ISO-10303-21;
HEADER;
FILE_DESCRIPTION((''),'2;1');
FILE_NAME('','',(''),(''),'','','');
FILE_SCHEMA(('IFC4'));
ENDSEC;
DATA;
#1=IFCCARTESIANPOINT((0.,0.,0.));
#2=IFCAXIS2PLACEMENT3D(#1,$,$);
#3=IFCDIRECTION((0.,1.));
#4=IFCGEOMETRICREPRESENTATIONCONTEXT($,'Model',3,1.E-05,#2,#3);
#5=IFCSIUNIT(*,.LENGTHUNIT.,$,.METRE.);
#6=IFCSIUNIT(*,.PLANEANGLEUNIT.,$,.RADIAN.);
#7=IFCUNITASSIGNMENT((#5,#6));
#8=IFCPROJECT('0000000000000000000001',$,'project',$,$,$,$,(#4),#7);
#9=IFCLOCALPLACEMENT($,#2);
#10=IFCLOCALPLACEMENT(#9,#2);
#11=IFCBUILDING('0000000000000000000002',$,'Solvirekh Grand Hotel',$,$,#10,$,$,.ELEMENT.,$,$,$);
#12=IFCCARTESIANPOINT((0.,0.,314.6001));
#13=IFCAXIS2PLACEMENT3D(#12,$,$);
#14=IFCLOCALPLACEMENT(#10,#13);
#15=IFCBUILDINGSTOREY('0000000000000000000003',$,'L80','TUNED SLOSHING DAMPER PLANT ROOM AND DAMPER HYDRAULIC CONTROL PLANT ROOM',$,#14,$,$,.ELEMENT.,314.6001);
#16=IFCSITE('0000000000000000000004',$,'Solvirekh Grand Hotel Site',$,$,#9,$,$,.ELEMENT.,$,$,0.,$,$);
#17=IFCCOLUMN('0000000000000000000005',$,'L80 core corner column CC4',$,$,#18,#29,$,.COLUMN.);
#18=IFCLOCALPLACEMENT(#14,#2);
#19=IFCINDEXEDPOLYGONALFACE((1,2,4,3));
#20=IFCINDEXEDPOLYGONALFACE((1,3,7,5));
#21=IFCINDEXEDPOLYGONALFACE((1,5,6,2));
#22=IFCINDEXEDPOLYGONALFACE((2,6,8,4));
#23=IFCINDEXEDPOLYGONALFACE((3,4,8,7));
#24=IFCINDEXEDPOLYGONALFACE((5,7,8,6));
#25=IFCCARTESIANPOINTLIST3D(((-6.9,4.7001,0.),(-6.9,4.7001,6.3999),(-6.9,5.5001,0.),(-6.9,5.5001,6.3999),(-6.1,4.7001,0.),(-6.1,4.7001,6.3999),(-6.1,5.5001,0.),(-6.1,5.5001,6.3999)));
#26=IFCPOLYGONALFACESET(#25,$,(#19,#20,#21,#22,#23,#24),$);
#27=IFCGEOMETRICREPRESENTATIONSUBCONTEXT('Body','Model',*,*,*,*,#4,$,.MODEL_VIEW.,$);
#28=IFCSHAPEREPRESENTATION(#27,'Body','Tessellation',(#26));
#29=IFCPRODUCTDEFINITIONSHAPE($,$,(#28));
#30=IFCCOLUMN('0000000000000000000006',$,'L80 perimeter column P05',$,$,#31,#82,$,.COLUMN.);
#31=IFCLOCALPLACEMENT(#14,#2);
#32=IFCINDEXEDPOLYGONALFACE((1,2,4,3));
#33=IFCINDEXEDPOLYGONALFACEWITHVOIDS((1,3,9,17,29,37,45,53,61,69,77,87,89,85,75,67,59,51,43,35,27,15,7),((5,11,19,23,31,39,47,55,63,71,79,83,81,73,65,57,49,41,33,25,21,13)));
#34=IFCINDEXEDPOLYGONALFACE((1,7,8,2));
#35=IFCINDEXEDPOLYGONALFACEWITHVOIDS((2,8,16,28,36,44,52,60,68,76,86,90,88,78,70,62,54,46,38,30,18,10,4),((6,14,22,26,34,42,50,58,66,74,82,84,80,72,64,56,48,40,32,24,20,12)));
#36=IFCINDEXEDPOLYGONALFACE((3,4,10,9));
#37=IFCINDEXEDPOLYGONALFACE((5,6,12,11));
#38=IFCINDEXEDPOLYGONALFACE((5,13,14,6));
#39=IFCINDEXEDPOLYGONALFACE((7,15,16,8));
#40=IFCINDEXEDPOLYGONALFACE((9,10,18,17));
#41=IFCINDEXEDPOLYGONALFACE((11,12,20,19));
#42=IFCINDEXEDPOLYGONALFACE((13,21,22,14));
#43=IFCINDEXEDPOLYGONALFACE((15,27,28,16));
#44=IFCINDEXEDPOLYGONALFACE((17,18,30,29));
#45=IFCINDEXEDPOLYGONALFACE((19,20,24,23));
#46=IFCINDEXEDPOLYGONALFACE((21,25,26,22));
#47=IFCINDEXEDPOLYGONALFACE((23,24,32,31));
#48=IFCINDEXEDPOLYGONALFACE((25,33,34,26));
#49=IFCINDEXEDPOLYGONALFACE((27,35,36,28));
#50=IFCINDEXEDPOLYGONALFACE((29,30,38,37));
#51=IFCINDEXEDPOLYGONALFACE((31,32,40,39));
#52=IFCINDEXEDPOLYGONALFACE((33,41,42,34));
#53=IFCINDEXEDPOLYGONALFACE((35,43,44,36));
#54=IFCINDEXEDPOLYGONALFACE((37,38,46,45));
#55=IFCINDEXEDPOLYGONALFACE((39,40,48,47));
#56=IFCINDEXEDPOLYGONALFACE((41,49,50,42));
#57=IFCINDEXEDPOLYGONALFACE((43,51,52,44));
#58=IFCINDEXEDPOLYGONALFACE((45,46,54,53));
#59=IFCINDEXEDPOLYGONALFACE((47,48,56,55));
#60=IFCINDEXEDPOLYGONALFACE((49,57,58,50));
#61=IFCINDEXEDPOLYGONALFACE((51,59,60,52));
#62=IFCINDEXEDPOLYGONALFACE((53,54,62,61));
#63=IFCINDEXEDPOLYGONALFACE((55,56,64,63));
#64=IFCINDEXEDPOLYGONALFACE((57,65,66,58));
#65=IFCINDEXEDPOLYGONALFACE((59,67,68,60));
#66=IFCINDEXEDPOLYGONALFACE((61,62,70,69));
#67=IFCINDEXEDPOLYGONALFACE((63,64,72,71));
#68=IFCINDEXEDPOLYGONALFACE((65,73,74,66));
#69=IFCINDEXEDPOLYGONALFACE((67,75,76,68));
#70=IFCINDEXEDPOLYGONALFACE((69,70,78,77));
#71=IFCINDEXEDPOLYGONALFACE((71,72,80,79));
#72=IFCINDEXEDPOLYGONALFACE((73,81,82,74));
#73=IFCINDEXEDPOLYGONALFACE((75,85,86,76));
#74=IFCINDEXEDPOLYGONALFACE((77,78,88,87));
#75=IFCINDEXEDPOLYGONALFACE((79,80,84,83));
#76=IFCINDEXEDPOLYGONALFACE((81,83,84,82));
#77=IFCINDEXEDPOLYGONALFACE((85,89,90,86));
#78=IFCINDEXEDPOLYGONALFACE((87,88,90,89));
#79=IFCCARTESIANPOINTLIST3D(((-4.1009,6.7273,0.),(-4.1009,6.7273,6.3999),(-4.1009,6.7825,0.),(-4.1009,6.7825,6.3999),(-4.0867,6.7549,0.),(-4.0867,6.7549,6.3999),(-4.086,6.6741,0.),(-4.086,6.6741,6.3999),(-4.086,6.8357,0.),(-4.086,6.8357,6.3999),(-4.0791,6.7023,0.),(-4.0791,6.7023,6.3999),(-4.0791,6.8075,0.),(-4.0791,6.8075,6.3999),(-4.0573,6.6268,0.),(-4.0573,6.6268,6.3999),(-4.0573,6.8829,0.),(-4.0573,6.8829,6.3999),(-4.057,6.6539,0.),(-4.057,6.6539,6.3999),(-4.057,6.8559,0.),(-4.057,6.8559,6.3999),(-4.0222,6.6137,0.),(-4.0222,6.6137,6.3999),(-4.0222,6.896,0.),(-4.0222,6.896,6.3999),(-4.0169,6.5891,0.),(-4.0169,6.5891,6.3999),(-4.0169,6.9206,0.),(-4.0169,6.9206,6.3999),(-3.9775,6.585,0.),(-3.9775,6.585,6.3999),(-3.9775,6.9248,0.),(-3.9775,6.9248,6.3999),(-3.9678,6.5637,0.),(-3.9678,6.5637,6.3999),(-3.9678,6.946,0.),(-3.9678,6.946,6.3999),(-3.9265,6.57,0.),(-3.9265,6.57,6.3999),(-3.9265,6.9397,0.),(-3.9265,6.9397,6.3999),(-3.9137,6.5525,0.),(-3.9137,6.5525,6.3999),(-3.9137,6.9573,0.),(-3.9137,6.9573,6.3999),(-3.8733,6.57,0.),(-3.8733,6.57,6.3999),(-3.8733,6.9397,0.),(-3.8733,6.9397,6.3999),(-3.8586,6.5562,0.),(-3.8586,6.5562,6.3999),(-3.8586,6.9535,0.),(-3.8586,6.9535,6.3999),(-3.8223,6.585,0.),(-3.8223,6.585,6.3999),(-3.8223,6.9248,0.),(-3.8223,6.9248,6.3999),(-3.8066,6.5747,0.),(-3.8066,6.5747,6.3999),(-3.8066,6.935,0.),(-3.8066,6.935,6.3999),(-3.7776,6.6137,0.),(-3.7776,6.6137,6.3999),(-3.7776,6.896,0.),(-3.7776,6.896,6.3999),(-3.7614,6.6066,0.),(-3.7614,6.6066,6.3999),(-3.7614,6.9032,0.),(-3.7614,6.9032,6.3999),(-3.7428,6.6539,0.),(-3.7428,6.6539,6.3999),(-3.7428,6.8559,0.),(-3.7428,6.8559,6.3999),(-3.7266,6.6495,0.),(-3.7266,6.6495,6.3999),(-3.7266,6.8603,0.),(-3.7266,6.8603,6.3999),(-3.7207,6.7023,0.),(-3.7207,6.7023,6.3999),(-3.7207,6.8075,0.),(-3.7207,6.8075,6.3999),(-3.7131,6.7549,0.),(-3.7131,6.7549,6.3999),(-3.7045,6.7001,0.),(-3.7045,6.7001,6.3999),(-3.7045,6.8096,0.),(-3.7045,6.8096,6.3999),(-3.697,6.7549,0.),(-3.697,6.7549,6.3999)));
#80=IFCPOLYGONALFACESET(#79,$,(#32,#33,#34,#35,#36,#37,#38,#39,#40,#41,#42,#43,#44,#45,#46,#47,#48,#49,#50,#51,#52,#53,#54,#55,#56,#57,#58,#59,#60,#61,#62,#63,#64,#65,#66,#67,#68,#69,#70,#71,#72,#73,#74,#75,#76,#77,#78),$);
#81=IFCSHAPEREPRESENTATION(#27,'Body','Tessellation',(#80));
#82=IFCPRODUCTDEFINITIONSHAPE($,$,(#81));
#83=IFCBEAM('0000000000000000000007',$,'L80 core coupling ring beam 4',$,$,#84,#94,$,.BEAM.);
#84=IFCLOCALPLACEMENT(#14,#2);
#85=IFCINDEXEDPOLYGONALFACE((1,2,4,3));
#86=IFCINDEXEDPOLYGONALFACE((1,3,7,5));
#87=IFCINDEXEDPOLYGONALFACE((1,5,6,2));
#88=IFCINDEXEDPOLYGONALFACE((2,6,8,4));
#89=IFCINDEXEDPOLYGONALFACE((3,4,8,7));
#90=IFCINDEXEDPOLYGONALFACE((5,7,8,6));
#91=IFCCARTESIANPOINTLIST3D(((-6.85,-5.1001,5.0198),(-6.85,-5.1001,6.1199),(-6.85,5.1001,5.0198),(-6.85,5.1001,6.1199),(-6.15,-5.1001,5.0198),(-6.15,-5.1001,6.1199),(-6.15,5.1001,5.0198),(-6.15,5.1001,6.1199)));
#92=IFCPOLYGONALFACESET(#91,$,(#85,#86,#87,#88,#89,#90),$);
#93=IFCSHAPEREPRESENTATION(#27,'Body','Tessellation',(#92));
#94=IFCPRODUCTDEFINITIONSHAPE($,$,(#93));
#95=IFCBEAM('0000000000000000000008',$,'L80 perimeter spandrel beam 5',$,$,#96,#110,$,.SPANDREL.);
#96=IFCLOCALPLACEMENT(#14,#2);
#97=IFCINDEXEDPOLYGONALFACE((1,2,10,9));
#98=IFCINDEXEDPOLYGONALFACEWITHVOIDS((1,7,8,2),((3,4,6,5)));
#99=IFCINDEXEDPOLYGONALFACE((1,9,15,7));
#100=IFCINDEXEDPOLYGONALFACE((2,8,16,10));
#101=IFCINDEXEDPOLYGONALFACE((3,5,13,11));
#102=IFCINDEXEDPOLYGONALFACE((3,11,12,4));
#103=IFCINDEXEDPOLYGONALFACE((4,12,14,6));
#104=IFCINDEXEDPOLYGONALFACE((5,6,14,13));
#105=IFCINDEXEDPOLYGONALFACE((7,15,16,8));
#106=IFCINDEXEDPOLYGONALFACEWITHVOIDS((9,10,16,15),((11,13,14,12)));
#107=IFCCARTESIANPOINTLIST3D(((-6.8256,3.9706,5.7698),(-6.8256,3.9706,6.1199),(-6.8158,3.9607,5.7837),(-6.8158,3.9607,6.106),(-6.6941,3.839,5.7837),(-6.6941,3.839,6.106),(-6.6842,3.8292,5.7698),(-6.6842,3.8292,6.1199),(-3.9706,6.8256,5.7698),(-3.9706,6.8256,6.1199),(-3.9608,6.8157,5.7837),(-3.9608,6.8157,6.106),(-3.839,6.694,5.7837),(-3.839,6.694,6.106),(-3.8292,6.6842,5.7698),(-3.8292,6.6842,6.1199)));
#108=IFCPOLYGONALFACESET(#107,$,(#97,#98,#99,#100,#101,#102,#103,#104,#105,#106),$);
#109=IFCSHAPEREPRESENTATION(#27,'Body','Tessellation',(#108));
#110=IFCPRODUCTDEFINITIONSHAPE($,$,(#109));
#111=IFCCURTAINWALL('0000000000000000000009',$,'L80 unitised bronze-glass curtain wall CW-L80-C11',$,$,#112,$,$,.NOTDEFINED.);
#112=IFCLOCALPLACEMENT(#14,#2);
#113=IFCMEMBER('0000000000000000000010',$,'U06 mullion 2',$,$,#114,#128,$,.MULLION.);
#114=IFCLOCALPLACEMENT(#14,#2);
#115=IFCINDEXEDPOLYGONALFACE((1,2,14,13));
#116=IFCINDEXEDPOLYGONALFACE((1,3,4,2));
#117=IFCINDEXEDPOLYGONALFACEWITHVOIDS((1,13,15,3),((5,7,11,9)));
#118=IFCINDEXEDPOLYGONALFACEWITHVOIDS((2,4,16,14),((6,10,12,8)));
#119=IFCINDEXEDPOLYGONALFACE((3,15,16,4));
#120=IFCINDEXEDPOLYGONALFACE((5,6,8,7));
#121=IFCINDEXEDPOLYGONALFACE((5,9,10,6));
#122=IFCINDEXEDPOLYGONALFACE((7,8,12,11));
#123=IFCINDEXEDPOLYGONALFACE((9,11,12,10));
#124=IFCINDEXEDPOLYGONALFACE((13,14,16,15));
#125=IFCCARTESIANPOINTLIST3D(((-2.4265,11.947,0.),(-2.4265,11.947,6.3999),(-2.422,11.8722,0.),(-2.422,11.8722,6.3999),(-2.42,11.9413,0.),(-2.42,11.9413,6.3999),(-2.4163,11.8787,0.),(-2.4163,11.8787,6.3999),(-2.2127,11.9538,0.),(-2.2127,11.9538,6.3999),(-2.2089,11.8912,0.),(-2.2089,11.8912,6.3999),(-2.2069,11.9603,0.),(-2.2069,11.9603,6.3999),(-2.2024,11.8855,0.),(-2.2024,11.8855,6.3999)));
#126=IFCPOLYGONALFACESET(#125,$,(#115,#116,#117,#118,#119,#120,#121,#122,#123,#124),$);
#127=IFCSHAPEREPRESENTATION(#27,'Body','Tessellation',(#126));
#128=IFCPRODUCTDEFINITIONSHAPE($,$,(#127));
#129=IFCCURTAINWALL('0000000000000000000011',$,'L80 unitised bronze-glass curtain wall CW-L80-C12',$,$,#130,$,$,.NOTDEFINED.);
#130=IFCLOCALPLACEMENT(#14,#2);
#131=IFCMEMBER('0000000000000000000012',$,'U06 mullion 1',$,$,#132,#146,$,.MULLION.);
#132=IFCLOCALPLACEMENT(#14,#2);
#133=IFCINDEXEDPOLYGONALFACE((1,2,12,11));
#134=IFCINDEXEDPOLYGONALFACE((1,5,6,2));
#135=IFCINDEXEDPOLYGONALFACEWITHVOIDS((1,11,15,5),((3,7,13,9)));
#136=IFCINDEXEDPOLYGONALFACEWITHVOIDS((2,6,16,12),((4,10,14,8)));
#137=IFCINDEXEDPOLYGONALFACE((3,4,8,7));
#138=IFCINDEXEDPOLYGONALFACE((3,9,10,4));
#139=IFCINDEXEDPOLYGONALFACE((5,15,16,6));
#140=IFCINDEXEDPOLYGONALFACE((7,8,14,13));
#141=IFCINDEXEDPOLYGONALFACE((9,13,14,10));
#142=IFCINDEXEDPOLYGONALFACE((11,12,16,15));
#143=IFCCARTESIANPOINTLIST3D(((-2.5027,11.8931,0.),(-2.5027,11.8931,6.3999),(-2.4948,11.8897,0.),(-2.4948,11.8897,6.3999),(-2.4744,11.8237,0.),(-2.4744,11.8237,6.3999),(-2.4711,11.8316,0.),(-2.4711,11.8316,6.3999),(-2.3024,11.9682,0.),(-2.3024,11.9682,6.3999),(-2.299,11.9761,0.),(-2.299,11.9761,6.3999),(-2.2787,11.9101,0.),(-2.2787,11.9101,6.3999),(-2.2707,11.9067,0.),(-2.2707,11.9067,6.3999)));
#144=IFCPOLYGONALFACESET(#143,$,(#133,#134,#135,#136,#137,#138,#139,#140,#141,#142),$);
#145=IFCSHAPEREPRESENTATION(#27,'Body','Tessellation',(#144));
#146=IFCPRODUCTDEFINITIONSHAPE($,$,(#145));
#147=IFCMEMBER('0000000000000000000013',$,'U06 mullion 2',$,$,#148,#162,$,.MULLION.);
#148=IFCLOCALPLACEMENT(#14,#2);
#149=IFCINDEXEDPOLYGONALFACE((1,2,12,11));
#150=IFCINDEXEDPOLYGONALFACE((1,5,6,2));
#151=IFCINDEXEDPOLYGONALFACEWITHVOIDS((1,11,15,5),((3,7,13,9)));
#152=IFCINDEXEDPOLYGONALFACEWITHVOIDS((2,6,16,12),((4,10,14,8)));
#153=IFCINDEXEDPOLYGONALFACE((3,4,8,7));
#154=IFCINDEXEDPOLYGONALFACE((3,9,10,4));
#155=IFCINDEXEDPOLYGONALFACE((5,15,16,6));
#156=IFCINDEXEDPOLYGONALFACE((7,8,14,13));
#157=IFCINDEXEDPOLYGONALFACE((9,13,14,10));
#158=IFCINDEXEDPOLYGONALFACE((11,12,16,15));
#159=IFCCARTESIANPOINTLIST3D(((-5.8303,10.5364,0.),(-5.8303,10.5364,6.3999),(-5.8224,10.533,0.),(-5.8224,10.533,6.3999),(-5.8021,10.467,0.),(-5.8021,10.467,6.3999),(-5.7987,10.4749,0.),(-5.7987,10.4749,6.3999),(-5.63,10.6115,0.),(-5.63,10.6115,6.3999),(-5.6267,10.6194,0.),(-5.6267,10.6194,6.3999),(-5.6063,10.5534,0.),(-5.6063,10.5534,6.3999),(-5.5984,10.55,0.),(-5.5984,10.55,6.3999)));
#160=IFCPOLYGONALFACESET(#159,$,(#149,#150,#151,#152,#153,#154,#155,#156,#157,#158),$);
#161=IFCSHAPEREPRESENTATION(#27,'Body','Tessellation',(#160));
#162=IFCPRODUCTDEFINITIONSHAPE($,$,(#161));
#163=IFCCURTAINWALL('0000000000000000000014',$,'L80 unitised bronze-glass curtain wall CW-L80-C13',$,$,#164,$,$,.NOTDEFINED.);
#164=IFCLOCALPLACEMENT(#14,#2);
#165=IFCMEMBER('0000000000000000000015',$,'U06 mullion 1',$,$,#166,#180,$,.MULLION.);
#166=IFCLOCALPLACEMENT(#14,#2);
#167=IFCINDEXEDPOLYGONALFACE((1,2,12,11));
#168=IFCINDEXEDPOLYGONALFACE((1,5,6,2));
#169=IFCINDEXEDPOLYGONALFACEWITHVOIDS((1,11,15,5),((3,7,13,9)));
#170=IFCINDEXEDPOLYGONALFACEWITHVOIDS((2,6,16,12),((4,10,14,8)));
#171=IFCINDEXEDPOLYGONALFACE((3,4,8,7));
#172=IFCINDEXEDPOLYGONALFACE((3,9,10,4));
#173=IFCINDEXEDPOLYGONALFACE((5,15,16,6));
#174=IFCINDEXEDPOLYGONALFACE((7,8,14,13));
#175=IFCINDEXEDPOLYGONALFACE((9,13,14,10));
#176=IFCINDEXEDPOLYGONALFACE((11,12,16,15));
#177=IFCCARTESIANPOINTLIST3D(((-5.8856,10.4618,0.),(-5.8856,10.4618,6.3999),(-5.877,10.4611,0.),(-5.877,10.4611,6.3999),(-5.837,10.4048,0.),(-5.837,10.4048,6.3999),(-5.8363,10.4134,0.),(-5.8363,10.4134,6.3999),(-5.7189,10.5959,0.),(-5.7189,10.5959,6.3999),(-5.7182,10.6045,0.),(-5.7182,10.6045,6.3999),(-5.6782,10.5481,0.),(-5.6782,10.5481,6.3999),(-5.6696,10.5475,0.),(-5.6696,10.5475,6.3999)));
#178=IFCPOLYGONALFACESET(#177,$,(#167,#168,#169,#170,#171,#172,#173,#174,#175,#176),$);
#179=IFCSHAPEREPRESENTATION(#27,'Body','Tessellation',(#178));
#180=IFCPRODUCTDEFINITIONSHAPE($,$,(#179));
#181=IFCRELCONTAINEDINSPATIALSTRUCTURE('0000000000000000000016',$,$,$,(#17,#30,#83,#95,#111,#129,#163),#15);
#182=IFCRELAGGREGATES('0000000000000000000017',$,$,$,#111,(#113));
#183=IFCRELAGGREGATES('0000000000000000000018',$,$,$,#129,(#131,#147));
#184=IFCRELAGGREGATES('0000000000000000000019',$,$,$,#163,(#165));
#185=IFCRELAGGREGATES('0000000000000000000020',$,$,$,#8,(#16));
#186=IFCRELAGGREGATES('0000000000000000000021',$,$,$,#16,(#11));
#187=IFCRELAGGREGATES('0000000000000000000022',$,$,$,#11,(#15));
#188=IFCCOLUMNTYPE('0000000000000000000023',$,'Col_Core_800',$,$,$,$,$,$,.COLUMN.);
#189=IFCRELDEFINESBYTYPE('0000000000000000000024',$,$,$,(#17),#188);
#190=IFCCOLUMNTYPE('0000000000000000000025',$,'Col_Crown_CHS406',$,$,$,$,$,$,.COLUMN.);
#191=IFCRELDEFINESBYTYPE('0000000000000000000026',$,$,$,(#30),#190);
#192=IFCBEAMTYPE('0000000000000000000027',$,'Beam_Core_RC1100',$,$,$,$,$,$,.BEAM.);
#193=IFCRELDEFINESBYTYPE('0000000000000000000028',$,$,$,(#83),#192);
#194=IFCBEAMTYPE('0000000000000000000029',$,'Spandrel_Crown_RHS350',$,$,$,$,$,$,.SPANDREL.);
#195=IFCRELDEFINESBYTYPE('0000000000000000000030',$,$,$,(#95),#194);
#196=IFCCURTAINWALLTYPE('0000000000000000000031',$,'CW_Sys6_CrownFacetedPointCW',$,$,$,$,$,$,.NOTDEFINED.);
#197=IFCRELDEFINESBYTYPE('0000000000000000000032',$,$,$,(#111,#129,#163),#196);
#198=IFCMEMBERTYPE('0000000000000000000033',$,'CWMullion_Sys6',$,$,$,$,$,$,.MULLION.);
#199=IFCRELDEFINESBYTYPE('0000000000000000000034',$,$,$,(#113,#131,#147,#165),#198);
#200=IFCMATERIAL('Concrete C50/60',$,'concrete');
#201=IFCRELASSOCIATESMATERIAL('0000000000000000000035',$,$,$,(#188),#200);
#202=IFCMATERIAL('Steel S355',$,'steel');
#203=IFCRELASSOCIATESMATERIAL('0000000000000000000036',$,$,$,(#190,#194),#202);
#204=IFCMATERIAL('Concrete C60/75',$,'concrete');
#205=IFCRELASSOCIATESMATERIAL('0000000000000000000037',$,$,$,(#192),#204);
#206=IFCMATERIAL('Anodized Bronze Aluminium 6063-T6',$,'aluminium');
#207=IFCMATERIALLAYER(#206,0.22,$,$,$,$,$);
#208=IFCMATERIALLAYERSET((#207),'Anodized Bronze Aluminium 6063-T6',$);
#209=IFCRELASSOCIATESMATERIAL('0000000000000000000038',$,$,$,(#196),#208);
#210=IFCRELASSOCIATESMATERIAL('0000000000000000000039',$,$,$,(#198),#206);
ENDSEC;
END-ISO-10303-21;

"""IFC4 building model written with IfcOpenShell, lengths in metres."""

from ifc_helpers import new_model, si_unit, direction, frame, origin, origin_2d, place, context, subcontext, project, spatial, rectangle, hollow_rectangle, hollow_circle, extrude, source, transform, mapped, material, layer, layer_set, material_profile, profile_set, type_object, element, aggregate, save


model = new_model("IFC4")

# Units and contexts
model_context = context("Model", 3, precision=1e-05, world=origin(), true_north=direction((0.0, 1.0)))
body_context = subcontext(model_context, "Body", "Model", "MODEL_VIEW")
ifc_project = project(units=[si_unit("LENGTHUNIT", "METRE"), si_unit("PLANEANGLEUNIT", "RADIAN")], contexts=[model_context])

# Site, building, storey
site_placement = place(None, origin())
site = spatial("IfcSite", under=ifc_project, at=site_placement, Name="Solvirekh Grand Hotel Site", CompositionType="ELEMENT", RefElevation=0.0)
building_placement = place(site_placement, origin())
building = spatial("IfcBuilding", under=site, at=building_placement, Name="Solvirekh Grand Hotel", CompositionType="ELEMENT")
storey_placement = place(building_placement, frame((0.0, 0.0, 314.6001)))
storey = spatial("IfcBuildingStorey", under=building, at=storey_placement, Name="L80", Description="TUNED SLOSHING DAMPER PLANT ROOM AND DAMPER HYDRAULIC CONTROL PLANT ROOM", CompositionType="ELEMENT", Elevation=314.6001)

# Columns
ifc_material_1 = material(Name="Concrete C50/60", Category="concrete")
ifc_material_profile_1 = material_profile(ifc_material_1, rectangle(XDim=0.8, YDim=0.8, at=origin_2d()), Name="RC 800X800")
ifc_profile_set_1 = profile_set([ifc_material_profile_1], Name="Concrete C50/60")
column_type_1 = type_object("IfcColumnType", Name="Col_Core_800", PredefinedType="COLUMN", material=ifc_profile_set_1)
column_1_placement = place(storey_placement, frame((-6.5, 5.1001, 0.0), z_axis=(0.0, 0.0, 1.0), x_axis=(1.0, 0.0, 0.0)))
element("IfcColumn", 1, at=column_1_placement, inside=storey, type_object=column_type_1, Name="L80 core corner column CC4", PredefinedType="COLUMN", context=body_context, shape_type="SweptSolid", body=[
    extrude(rectangle(XDim=0.8, YDim=0.8, at=origin_2d()), origin(), (0.0, 0.0, 1.0), 6.3999),
])
ifc_material_2 = material(Name="Steel S355", Category="steel")
ifc_material_profile_2 = material_profile(ifc_material_2, hollow_circle(Radius=0.2029, WallThickness=0.0161, at=origin_2d()), Name="CHS 406X16")
ifc_profile_set_2 = profile_set([ifc_material_profile_2], Name="Steel S355")
column_type_2 = type_object("IfcColumnType", Name="Col_Crown_CHS406", PredefinedType="COLUMN", material=ifc_profile_set_2)
column_2_placement = place(storey_placement, frame((-3.8999, 6.7549, 0.0), z_axis=(0.0, 0.0, 1.0), x_axis=(1.0, 0.0, 0.0)))
element("IfcColumn", 2, at=column_2_placement, inside=storey, type_object=column_type_2, Name="L80 perimeter column P05", PredefinedType="COLUMN", context=body_context, shape_type="SweptSolid", body=[
    extrude(hollow_circle(Radius=0.2029, WallThickness=0.0161, at=origin_2d()), origin(), (0.0, 0.0, 1.0), 6.3999),
])

# Beams
ifc_material_3 = material(Name="Concrete C60/75", Category="concrete")
ifc_material_profile_3 = material_profile(ifc_material_3, rectangle(XDim=0.7, YDim=1.1001, at=origin_2d()), Name="RC BEAM 700X1100")
ifc_profile_set_3 = profile_set([ifc_material_profile_3], Name="Concrete C60/75")
beam_type_1 = type_object("IfcBeamType", Name="Beam_Core_RC1100", PredefinedType="BEAM", material=ifc_profile_set_3)
beam_1_placement = place(storey_placement, frame((-6.5, 5.1001, 5.5698), z_axis=(0.0, -1.0, 0.0), x_axis=(1.0, 0.0, 0.0)))
element("IfcBeam", 3, at=beam_1_placement, inside=storey, type_object=beam_type_1, Name="L80 core coupling ring beam 4", PredefinedType="BEAM", context=body_context, shape_type="SweptSolid", body=[
    extrude(rectangle(XDim=0.7, YDim=1.1001, at=origin_2d()), origin(), (0.0, 0.0, 1.0), 10.2002),
])
ifc_material_profile_4 = material_profile(ifc_material_2, hollow_rectangle(XDim=0.2, YDim=0.3501, WallThickness=0.0139, at=origin_2d()), Name="RHS 350X200X14")
ifc_profile_set_4 = profile_set([ifc_material_profile_4], Name="Steel S355")
beam_type_2 = type_object("IfcBeamType", Name="Spandrel_Crown_RHS350", PredefinedType="SPANDREL", material=ifc_profile_set_4)
beam_2_placement = place(storey_placement, frame((-3.8999, 6.7549, 5.9448), z_axis=(-0.707107, -0.707107, 0.0), x_axis=(0.707107, -0.707107, 0.0)))
element("IfcBeam", 4, at=beam_2_placement, inside=storey, type_object=beam_type_2, Name="L80 perimeter spandrel beam 5", PredefinedType="SPANDREL", context=body_context, shape_type="SweptSolid", body=[
    extrude(hollow_rectangle(XDim=0.2, YDim=0.3501, WallThickness=0.0139, at=origin_2d()), origin(), (0.0, 0.0, 1.0), 4.0376),
])

# Curtain wall, member
ifc_material_4 = material(Name="Anodized Bronze Aluminium 6063-T6", Category="aluminium")
ifc_layer_1 = layer(ifc_material_4, 0.22)
ifc_layer_set_1 = layer_set([ifc_layer_1], Name="Anodized Bronze Aluminium 6063-T6")
curtain_wall_type = type_object("IfcCurtainWallType", Name="CW_Sys6_CrownFacetedPointCW", PredefinedType="NOTDEFINED", material=ifc_layer_set_1)
curtain_wall_1_placement = place(storey_placement, origin())
curtain_wall_1 = element("IfcCurtainWall", 5, at=curtain_wall_1_placement, inside=storey, type_object=curtain_wall_type, Name="L80 unitised bronze-glass curtain wall CW-L80-C11", PredefinedType="NOTDEFINED")
ifc_material_profile_5 = material_profile(ifc_material_4, hollow_rectangle(XDim=0.075, YDim=0.22, WallThickness=0.0061, at=origin_2d()), Name="ALU RHS 220X75X6")
ifc_profile_set_5 = profile_set([ifc_material_profile_5], Name="Anodized Bronze Aluminium 6063-T6")
member_type_1 = type_object("IfcMemberType", Name="CWMullion_Sys6", PredefinedType="MULLION", material=ifc_profile_set_5)
shared_shape_1 = source(origin(), body_context, "Body", "SweptSolid", [
    extrude(hollow_rectangle(XDim=0.075, YDim=0.22, WallThickness=0.0061, at=origin_2d()), origin(), (0.0, 0.0, 1.0), 6.3999),
])
member_1_placement = place(storey_placement, frame((-2.3145, 11.9163, 0.0), z_axis=(0.0, 0.0, 1.0), x_axis=(0.060271, -0.998182, 0.0)))
member_1 = element("IfcMember", 6, at=member_1_placement, type_object=member_type_1, Name="U06 mullion 2", PredefinedType="MULLION", context=body_context, shape_type="MappedRepresentation", body=[
    mapped(shared_shape_1, transform((0.0, 0.0, 0.0), x_axis=(1.0, 0.0, 0.0), y_axis=(0.0, 1.0, 0.0), z_axis=(0.0, 0.0, 1.0), scale=1.0)),
])

# Curtain walls, members
curtain_wall_2_placement = place(storey_placement, origin())
curtain_wall_2 = element("IfcCurtainWall", 7, at=curtain_wall_2_placement, inside=storey, type_object=curtain_wall_type, Name="L80 unitised bronze-glass curtain wall CW-L80-C12", PredefinedType="NOTDEFINED")
member_2_placement = place(storey_placement, frame((-2.3867, 11.8999, 0.0), z_axis=(0.0, 0.0, 1.0), x_axis=(0.377539, -0.925994, 0.0)))
member_2 = element("IfcMember", 8, at=member_2_placement, type_object=member_type_1, Name="U06 mullion 1", PredefinedType="MULLION", context=body_context, shape_type="MappedRepresentation", body=[
    mapped(shared_shape_1, transform((0.0, 0.0, 0.0), x_axis=(1.0, 0.0, 0.0), y_axis=(0.0, 1.0, 0.0), z_axis=(0.0, 0.0, 1.0), scale=1.0)),
])
member_3_placement = place(storey_placement, frame((-5.7144, 10.5432, 0.0), z_axis=(0.0, 0.0, 1.0), x_axis=(0.377539, -0.925994, 0.0)))
member_3 = element("IfcMember", 9, at=member_3_placement, type_object=member_type_1, Name="U06 mullion 2", PredefinedType="MULLION", context=body_context, shape_type="MappedRepresentation", body=[
    mapped(shared_shape_1, transform((0.0, 0.0, 0.0), x_axis=(1.0, 0.0, 0.0), y_axis=(0.0, 1.0, 0.0), z_axis=(0.0, 0.0, 1.0), scale=1.0)),
])
curtain_wall_3_placement = place(storey_placement, origin())
curtain_wall_3 = element("IfcCurtainWall", 10, at=curtain_wall_3_placement, inside=storey, type_object=curtain_wall_type, Name="L80 unitised bronze-glass curtain wall CW-L80-C13", PredefinedType="NOTDEFINED")
member_4_placement = place(storey_placement, frame((-5.7776, 10.5046, 0.0), z_axis=(0.0, 0.0, 1.0), x_axis=(0.648622, -0.761111, 0.0)))
member_4 = element("IfcMember", 11, at=member_4_placement, type_object=member_type_1, Name="U06 mullion 1", PredefinedType="MULLION", context=body_context, shape_type="MappedRepresentation", body=[
    mapped(shared_shape_1, transform((0.0, 0.0, 0.0), x_axis=(1.0, 0.0, 0.0), y_axis=(0.0, 1.0, 0.0), z_axis=(0.0, 0.0, 1.0), scale=1.0)),
])

aggregate(curtain_wall_1, [member_1])
aggregate(curtain_wall_2, [member_2, member_3])
aggregate(curtain_wall_3, [member_4])

save(model, "model.ifc")
